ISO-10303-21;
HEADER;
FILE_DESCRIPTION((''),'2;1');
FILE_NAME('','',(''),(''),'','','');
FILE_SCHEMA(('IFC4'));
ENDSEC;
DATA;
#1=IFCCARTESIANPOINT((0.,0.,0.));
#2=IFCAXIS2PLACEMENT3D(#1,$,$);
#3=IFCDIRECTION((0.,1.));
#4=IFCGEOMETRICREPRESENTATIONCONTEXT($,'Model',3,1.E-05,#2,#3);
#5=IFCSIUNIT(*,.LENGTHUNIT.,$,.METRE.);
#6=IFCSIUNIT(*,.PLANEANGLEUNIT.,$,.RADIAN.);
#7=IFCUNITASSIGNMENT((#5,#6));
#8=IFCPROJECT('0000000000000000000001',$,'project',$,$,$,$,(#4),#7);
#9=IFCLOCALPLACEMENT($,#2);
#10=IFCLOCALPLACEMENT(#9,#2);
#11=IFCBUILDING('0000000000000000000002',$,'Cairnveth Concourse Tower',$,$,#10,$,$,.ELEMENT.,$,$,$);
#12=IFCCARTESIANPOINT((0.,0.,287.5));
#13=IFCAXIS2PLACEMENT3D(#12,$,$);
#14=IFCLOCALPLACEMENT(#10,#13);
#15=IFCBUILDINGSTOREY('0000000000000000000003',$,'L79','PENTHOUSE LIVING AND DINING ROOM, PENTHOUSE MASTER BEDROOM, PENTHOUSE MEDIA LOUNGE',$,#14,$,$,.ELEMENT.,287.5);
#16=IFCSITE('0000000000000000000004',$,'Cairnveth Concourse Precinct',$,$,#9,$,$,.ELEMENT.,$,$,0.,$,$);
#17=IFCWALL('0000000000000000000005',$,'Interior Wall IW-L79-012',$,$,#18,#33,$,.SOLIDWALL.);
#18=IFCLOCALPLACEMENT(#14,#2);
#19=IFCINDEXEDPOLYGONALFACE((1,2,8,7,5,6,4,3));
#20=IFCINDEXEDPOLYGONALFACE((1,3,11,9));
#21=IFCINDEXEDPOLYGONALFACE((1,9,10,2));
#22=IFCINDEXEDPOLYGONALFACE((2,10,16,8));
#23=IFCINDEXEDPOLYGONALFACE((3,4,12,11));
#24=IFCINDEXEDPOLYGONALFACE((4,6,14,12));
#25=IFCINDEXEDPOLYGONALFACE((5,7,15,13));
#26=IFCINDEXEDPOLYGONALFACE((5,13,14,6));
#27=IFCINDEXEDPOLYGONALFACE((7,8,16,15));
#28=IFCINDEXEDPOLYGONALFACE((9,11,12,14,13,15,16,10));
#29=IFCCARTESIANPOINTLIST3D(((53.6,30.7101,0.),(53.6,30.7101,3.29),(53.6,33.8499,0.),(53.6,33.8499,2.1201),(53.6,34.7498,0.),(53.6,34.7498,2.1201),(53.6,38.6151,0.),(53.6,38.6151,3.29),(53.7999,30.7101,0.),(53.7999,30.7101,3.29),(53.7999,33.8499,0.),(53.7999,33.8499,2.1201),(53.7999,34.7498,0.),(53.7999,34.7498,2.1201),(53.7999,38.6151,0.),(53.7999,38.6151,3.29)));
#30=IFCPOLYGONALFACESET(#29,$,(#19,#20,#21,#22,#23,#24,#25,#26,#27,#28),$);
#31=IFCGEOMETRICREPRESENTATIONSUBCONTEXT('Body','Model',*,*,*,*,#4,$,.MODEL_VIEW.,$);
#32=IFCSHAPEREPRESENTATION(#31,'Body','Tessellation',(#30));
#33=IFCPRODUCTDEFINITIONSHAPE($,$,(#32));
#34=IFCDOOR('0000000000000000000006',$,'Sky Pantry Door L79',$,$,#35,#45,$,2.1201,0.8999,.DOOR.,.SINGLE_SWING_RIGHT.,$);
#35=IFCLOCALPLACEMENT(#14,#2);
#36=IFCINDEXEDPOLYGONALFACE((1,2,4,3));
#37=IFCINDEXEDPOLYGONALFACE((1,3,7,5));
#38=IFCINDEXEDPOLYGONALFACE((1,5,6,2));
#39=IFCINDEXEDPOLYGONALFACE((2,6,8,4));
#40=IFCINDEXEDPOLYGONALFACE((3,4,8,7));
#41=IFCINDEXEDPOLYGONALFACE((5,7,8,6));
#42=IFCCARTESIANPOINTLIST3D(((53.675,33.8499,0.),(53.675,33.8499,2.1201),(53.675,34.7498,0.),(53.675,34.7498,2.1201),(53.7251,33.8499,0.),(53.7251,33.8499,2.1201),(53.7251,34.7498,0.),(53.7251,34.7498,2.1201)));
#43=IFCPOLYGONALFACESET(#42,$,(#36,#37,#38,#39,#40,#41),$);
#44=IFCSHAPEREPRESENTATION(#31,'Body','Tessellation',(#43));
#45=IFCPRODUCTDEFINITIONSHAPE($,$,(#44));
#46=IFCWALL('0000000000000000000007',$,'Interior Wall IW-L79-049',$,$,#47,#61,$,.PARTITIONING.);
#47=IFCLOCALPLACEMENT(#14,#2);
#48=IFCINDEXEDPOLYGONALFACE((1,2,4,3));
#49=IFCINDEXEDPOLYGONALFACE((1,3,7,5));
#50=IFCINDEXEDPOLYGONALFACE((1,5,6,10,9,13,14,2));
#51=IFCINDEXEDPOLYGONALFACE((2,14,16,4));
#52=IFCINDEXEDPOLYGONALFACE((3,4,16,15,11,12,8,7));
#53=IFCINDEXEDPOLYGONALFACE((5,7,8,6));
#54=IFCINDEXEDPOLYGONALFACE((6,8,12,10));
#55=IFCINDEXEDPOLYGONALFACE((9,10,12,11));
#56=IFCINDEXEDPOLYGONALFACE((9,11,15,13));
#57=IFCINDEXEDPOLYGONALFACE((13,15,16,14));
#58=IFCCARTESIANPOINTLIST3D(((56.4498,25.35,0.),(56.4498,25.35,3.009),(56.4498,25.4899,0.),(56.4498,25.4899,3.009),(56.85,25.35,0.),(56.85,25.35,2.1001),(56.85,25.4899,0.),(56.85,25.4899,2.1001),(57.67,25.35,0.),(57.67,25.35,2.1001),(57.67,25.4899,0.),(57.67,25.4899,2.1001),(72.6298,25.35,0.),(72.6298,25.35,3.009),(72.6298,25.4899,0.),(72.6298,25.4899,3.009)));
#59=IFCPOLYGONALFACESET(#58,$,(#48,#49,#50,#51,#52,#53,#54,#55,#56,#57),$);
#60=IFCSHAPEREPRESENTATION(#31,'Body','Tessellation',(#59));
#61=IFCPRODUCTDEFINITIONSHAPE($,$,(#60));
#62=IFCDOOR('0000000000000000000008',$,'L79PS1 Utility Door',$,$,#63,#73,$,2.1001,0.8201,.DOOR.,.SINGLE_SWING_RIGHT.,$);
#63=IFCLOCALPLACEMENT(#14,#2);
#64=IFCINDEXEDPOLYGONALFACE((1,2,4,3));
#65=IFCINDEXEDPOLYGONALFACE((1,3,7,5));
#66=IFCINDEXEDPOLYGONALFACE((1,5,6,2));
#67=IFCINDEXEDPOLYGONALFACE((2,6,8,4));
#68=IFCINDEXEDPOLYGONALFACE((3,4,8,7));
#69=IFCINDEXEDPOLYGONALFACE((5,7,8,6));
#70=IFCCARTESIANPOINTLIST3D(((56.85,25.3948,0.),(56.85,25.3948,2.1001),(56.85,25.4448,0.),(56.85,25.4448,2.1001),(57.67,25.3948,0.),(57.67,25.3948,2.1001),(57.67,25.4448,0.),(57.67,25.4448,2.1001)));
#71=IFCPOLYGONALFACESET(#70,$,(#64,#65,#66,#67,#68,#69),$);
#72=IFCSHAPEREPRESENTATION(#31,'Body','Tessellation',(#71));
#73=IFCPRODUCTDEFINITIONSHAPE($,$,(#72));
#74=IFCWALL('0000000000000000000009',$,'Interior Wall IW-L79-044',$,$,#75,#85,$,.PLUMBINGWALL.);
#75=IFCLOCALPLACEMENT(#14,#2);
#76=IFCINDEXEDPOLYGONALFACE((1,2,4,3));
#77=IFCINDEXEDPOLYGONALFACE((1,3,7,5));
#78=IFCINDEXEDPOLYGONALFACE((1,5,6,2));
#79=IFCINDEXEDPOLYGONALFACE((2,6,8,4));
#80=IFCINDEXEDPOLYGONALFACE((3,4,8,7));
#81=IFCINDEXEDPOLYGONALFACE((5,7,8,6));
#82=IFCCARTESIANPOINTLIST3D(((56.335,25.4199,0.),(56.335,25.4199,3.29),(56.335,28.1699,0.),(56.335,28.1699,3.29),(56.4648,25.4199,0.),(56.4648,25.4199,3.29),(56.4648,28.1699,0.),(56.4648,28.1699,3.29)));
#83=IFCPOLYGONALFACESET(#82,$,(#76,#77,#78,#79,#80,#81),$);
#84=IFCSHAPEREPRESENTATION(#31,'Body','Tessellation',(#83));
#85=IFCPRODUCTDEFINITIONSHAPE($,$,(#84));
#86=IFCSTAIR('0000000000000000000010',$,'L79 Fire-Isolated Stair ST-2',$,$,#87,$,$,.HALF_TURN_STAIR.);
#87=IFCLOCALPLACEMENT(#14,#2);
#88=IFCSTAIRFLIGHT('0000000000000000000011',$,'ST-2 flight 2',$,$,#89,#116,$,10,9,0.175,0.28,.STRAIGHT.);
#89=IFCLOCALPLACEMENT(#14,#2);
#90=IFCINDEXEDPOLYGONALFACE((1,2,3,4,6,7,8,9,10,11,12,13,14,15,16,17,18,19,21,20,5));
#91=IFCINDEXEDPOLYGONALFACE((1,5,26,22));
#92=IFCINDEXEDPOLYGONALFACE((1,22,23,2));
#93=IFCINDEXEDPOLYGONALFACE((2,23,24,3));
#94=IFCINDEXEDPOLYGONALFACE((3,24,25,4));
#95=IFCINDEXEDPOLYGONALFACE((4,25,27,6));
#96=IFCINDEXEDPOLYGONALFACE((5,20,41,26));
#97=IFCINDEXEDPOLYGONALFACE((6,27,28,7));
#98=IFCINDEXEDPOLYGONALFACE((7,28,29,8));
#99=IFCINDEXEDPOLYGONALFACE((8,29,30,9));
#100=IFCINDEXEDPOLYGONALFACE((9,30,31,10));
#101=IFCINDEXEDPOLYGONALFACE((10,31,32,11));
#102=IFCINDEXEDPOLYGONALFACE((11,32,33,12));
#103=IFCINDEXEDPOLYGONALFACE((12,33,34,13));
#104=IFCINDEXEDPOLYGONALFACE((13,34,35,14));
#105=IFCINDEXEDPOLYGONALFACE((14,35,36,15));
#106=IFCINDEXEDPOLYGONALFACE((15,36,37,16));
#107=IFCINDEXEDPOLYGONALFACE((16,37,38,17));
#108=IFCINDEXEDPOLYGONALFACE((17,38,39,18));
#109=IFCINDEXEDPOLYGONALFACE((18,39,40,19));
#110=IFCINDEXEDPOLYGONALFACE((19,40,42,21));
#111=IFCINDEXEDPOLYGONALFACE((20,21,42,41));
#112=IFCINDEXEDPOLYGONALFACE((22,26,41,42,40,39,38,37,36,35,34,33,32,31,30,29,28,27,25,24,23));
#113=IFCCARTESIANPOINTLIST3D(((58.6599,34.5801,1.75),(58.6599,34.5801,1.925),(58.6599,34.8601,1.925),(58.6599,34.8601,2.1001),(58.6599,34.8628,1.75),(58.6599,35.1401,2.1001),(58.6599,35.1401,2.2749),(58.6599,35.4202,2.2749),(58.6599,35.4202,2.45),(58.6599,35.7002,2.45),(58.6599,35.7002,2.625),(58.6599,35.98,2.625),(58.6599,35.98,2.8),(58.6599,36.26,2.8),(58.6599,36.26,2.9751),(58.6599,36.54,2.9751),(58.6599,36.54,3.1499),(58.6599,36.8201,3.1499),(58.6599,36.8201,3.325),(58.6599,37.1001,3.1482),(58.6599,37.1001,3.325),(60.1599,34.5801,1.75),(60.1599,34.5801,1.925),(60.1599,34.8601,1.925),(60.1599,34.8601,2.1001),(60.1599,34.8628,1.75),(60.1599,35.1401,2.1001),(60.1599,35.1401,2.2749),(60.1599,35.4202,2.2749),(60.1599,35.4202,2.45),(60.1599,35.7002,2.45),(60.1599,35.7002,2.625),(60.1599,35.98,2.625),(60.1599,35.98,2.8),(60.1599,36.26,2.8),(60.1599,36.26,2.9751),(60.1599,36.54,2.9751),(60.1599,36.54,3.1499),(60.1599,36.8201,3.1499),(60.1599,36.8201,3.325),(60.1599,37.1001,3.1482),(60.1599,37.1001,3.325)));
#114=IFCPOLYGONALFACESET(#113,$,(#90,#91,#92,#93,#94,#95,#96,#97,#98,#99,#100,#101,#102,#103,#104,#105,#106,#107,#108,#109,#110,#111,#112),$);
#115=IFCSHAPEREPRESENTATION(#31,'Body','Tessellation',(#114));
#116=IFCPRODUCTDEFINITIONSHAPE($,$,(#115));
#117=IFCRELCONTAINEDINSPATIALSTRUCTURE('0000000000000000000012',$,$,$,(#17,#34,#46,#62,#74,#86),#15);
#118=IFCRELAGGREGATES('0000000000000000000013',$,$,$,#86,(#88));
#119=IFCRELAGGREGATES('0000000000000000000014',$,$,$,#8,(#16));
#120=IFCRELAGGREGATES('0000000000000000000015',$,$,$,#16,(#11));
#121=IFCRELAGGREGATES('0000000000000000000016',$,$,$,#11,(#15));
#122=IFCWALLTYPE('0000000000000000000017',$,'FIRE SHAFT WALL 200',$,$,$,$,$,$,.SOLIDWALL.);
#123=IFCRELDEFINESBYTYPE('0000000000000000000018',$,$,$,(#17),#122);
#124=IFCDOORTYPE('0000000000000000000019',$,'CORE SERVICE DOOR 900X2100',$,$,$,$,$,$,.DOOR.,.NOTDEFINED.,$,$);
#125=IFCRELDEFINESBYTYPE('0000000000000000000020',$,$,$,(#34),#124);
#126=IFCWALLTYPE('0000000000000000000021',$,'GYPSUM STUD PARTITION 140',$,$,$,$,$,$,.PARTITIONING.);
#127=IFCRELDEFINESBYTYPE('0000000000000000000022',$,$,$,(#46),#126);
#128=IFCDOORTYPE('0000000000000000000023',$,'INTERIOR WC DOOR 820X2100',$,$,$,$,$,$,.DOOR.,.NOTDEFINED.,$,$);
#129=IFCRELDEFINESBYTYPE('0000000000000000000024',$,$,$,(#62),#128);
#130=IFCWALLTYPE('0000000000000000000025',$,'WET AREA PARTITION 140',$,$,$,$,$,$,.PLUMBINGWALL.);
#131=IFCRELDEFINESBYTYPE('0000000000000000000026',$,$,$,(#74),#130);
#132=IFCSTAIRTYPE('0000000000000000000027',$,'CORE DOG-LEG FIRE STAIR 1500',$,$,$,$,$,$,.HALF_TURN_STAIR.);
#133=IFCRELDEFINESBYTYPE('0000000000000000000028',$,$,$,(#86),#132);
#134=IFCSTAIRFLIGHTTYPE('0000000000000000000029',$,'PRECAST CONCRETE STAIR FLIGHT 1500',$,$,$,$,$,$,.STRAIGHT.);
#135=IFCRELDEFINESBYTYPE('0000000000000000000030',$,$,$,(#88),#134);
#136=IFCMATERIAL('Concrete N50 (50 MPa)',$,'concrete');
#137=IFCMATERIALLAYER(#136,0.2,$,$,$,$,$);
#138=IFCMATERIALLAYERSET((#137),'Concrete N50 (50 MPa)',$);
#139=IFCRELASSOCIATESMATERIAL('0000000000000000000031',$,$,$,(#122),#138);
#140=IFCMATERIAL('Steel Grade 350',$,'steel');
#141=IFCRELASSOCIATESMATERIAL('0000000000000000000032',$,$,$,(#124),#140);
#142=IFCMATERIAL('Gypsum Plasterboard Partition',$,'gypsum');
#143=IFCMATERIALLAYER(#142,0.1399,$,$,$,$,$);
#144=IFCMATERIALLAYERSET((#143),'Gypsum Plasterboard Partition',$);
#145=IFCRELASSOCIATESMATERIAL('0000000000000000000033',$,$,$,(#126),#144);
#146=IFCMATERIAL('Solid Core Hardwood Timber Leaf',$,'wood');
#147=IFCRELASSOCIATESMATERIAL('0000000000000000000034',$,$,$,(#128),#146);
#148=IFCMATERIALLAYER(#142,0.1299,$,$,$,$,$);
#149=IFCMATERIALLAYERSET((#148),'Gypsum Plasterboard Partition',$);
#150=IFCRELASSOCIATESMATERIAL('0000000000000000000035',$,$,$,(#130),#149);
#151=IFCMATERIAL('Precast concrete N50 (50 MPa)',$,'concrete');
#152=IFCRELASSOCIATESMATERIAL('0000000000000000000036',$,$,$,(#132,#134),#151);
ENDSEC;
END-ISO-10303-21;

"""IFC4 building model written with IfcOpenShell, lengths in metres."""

from ifc_helpers import new_model, si_unit, direction, frame, frame_2d, origin, place, context, subcontext, project, spatial, polyline, rectangle, outline, extrude, material, layer, layer_set, type_object, element, fill, aggregate, save


model = new_model("IFC4")

# Units and contexts
model_context = context("Model", 3, precision=1e-05, world=origin(), true_north=direction((0.0, 1.0)))
body_context = subcontext(model_context, "Body", "Model", "MODEL_VIEW")
ifc_project = project(units=[si_unit("LENGTHUNIT", "METRE"), si_unit("PLANEANGLEUNIT", "RADIAN")], contexts=[model_context])

# Site, building, storey
site_placement = place(None, origin())
site = spatial("IfcSite", under=ifc_project, at=site_placement, Name="Cairnveth Concourse Precinct", CompositionType="ELEMENT", RefElevation=0.0)
building_placement = place(site_placement, origin())
building = spatial("IfcBuilding", under=site, at=building_placement, Name="Cairnveth Concourse Tower", CompositionType="ELEMENT")
storey_placement = place(building_placement, frame((0.0, 0.0, 287.5)))
storey = spatial("IfcBuildingStorey", under=building, at=storey_placement, Name="L79", Description="PENTHOUSE LIVING AND DINING ROOM, PENTHOUSE MASTER BEDROOM, PENTHOUSE MEDIA LOUNGE", CompositionType="ELEMENT", Elevation=287.5)

# Shared definitions
ifc_material_1 = material(Name="Steel Grade 350", Category="steel")

# Shared definitions
ifc_material_2 = material(Name="Gypsum Plasterboard Partition", Category="gypsum")

# Shared definitions
ifc_material_3 = material(Name="Solid Core Hardwood Timber Leaf", Category="wood")

# Shared definitions
ifc_material_4 = material(Name="Concrete N50 (50 MPa)", Category="concrete")

# Walls, openings, doors
ifc_layer_1 = layer(ifc_material_4, 0.2)
ifc_layer_set_1 = layer_set([ifc_layer_1], Name="Concrete N50 (50 MPa)")
wall_type_1 = type_object("IfcWallType", Name="FIRE SHAFT WALL 200", PredefinedType="SOLIDWALL", material=ifc_layer_set_1)
wall_1_placement = place(storey_placement, frame((53.7, 30.71, 0.0), z_axis=(0.0, 0.0, 1.0), x_axis=(0.0, 1.0, 0.0)))
wall_1 = element("IfcWall", 1, at=wall_1_placement, inside=storey, type_object=wall_type_1, Name="Interior Wall IW-L79-012", PredefinedType="SOLIDWALL", context=body_context, shape_type="SweptSolid", body=[
    extrude(rectangle(XDim=7.905, YDim=0.2, at=frame_2d((3.9526, 0.0))), origin(), (0.0, 0.0, 1.0), 3.29),
])
opening_1_placement = place(wall_1_placement, frame((3.1399, 0.0, 0.0)))
opening_1 = element("IfcOpeningElement", 2, at=opening_1_placement, cuts=wall_1, PredefinedType="OPENING", context=body_context, shape_type="SweptSolid", body=[
    extrude(rectangle(XDim=0.8999, YDim=2.1201, at=frame_2d((0.45, 1.0601))), frame((0.0, 0.1099, 0.0), z_axis=(0.0, -1.0, 0.0), x_axis=(1.0, 0.0, 0.0)), (0.0, 0.0, 1.0), 0.22),
])
door_type_1 = type_object("IfcDoorType", Name="CORE SERVICE DOOR 900X2100", OperationType="NOTDEFINED", PredefinedType="DOOR", material=ifc_material_1)
door_1_placement = place(opening_1_placement, origin())
door_1 = element("IfcDoor", 3, at=door_1_placement, inside=storey, type_object=door_type_1, Name="Sky Pantry Door L79", OperationType="SINGLE_SWING_RIGHT", OverallHeight=2.1201, OverallWidth=0.8999, PredefinedType="DOOR", context=body_context, shape_type="SweptSolid", body=[
    extrude(rectangle(XDim=0.8999, YDim=2.1201, at=frame_2d((0.45, 1.0601))), frame((0.0, 0.0249, 0.0), z_axis=(0.0, -1.0, 0.0), x_axis=(1.0, 0.0, 0.0)), (0.0, 0.0, 1.0), 0.05),
])
fill(opening_1, door_1)
ifc_layer_2 = layer(ifc_material_2, 0.1399)
ifc_layer_set_2 = layer_set([ifc_layer_2], Name="Gypsum Plasterboard Partition")
wall_type_2 = type_object("IfcWallType", Name="GYPSUM STUD PARTITION 140", PredefinedType="PARTITIONING", material=ifc_layer_set_2)
wall_2_placement = place(storey_placement, frame((56.45, 25.4199, 0.0), z_axis=(0.0, 0.0, 1.0), x_axis=(1.0, 0.0, 0.0)))
wall_2 = element("IfcWall", 4, at=wall_2_placement, inside=storey, type_object=wall_type_2, Name="Interior Wall IW-L79-049", PredefinedType="PARTITIONING", context=body_context, shape_type="SweptSolid", body=[
    extrude(rectangle(XDim=16.1799, YDim=0.1399, at=frame_2d((8.0898, 0.0))), origin(), (0.0, 0.0, 1.0), 3.009),
])
opening_2_placement = place(wall_2_placement, frame((0.3999, 0.0, 0.0)))
opening_2 = element("IfcOpeningElement", 5, at=opening_2_placement, cuts=wall_2, PredefinedType="OPENING", context=body_context, shape_type="SweptSolid", body=[
    extrude(rectangle(XDim=0.8201, YDim=2.1001, at=frame_2d((0.4102, 1.05))), frame((0.0, 0.0798, 0.0), z_axis=(0.0, -1.0, 0.0), x_axis=(1.0, 0.0, 0.0)), (0.0, 0.0, 1.0), 0.1599),
])
door_type_2 = type_object("IfcDoorType", Name="INTERIOR WC DOOR 820X2100", OperationType="NOTDEFINED", PredefinedType="DOOR", material=ifc_material_3)
door_2_placement = place(opening_2_placement, origin())
door_2 = element("IfcDoor", 6, at=door_2_placement, inside=storey, type_object=door_type_2, Name="L79PS1 Utility Door", OperationType="SINGLE_SWING_RIGHT", OverallHeight=2.1001, OverallWidth=0.8201, PredefinedType="DOOR", context=body_context, shape_type="SweptSolid", body=[
    extrude(rectangle(XDim=0.8201, YDim=2.1001, at=frame_2d((0.4102, 1.05))), frame((0.0, 0.0249, 0.0), z_axis=(0.0, -1.0, 0.0), x_axis=(1.0, 0.0, 0.0)), (0.0, 0.0, 1.0), 0.05),
])
fill(opening_2, door_2)

# Wall
ifc_layer_3 = layer(ifc_material_2, 0.1299)
ifc_layer_set_3 = layer_set([ifc_layer_3], Name="Gypsum Plasterboard Partition")
wall_type_3 = type_object("IfcWallType", Name="WET AREA PARTITION 140", PredefinedType="PLUMBINGWALL", material=ifc_layer_set_3)
wall_3_placement = place(storey_placement, frame((56.3999, 25.4199, 0.0), z_axis=(0.0, 0.0, 1.0), x_axis=(0.0, 1.0, 0.0)))
element("IfcWall", 7, at=wall_3_placement, inside=storey, type_object=wall_type_3, Name="Interior Wall IW-L79-044", PredefinedType="PLUMBINGWALL", context=body_context, shape_type="SweptSolid", body=[
    extrude(rectangle(XDim=2.75, YDim=0.1299, at=frame_2d((1.375, 0.0))), origin(), (0.0, 0.0, 1.0), 3.29),
])

# Stair, stair flight
ifc_material_5 = material(Name="Precast concrete N50 (50 MPa)", Category="concrete")
stair_type = type_object("IfcStairType", Name="CORE DOG-LEG FIRE STAIR 1500", PredefinedType="HALF_TURN_STAIR", material=ifc_material_5)
stair_placement = place(storey_placement, origin())
stair = element("IfcStair", 8, at=stair_placement, inside=storey, type_object=stair_type, Name="L79 Fire-Isolated Stair ST-2", PredefinedType="HALF_TURN_STAIR")
stair_flight_type = type_object("IfcStairFlightType", Name="PRECAST CONCRETE STAIR FLIGHT 1500", PredefinedType="STRAIGHT", material=ifc_material_5)
stair_flight_placement = place(storey_placement, frame((59.4099, 34.5801, 1.75), z_axis=(0.0, 0.0, 1.0), x_axis=(0.0, 1.0, 0.0)))
stair_flight = element("IfcStairFlight", 9, at=stair_flight_placement, type_object=stair_flight_type, Name="ST-2 flight 2", NumberOfRisers=10, NumberOfTreads=9, PredefinedType="STRAIGHT", RiserHeight=0.175, TreadLength=0.28, context=body_context, shape_type="SweptSolid", body=[
    extrude(outline(polyline([(0.0, 0.0), (0.0, 0.175), (0.28, 0.175), (0.28, 0.3501), (0.5601, 0.3501), (0.5601, 0.5249), (0.8401, 0.5249), (0.8401, 0.7), (1.1201, 0.7), (1.1201, 0.875), (1.3999, 0.875), (1.3999, 1.05), (1.6799, 1.05), (1.6799, 1.2251), (1.96, 1.2251), (1.96, 1.3999), (2.24, 1.3999), (2.24, 1.575), (2.52, 1.575), (2.52, 1.75), (2.52, 1.3982), (0.2827, 0.0), (0.0, 0.0)])), frame((0.0, 0.75, 0.0), z_axis=(0.0, -1.0, 0.0), x_axis=(1.0, 0.0, 0.0)), (0.0, 0.0, 1.0), 1.5),
])
aggregate(stair, [stair_flight])

save(model, "model.ifc")
